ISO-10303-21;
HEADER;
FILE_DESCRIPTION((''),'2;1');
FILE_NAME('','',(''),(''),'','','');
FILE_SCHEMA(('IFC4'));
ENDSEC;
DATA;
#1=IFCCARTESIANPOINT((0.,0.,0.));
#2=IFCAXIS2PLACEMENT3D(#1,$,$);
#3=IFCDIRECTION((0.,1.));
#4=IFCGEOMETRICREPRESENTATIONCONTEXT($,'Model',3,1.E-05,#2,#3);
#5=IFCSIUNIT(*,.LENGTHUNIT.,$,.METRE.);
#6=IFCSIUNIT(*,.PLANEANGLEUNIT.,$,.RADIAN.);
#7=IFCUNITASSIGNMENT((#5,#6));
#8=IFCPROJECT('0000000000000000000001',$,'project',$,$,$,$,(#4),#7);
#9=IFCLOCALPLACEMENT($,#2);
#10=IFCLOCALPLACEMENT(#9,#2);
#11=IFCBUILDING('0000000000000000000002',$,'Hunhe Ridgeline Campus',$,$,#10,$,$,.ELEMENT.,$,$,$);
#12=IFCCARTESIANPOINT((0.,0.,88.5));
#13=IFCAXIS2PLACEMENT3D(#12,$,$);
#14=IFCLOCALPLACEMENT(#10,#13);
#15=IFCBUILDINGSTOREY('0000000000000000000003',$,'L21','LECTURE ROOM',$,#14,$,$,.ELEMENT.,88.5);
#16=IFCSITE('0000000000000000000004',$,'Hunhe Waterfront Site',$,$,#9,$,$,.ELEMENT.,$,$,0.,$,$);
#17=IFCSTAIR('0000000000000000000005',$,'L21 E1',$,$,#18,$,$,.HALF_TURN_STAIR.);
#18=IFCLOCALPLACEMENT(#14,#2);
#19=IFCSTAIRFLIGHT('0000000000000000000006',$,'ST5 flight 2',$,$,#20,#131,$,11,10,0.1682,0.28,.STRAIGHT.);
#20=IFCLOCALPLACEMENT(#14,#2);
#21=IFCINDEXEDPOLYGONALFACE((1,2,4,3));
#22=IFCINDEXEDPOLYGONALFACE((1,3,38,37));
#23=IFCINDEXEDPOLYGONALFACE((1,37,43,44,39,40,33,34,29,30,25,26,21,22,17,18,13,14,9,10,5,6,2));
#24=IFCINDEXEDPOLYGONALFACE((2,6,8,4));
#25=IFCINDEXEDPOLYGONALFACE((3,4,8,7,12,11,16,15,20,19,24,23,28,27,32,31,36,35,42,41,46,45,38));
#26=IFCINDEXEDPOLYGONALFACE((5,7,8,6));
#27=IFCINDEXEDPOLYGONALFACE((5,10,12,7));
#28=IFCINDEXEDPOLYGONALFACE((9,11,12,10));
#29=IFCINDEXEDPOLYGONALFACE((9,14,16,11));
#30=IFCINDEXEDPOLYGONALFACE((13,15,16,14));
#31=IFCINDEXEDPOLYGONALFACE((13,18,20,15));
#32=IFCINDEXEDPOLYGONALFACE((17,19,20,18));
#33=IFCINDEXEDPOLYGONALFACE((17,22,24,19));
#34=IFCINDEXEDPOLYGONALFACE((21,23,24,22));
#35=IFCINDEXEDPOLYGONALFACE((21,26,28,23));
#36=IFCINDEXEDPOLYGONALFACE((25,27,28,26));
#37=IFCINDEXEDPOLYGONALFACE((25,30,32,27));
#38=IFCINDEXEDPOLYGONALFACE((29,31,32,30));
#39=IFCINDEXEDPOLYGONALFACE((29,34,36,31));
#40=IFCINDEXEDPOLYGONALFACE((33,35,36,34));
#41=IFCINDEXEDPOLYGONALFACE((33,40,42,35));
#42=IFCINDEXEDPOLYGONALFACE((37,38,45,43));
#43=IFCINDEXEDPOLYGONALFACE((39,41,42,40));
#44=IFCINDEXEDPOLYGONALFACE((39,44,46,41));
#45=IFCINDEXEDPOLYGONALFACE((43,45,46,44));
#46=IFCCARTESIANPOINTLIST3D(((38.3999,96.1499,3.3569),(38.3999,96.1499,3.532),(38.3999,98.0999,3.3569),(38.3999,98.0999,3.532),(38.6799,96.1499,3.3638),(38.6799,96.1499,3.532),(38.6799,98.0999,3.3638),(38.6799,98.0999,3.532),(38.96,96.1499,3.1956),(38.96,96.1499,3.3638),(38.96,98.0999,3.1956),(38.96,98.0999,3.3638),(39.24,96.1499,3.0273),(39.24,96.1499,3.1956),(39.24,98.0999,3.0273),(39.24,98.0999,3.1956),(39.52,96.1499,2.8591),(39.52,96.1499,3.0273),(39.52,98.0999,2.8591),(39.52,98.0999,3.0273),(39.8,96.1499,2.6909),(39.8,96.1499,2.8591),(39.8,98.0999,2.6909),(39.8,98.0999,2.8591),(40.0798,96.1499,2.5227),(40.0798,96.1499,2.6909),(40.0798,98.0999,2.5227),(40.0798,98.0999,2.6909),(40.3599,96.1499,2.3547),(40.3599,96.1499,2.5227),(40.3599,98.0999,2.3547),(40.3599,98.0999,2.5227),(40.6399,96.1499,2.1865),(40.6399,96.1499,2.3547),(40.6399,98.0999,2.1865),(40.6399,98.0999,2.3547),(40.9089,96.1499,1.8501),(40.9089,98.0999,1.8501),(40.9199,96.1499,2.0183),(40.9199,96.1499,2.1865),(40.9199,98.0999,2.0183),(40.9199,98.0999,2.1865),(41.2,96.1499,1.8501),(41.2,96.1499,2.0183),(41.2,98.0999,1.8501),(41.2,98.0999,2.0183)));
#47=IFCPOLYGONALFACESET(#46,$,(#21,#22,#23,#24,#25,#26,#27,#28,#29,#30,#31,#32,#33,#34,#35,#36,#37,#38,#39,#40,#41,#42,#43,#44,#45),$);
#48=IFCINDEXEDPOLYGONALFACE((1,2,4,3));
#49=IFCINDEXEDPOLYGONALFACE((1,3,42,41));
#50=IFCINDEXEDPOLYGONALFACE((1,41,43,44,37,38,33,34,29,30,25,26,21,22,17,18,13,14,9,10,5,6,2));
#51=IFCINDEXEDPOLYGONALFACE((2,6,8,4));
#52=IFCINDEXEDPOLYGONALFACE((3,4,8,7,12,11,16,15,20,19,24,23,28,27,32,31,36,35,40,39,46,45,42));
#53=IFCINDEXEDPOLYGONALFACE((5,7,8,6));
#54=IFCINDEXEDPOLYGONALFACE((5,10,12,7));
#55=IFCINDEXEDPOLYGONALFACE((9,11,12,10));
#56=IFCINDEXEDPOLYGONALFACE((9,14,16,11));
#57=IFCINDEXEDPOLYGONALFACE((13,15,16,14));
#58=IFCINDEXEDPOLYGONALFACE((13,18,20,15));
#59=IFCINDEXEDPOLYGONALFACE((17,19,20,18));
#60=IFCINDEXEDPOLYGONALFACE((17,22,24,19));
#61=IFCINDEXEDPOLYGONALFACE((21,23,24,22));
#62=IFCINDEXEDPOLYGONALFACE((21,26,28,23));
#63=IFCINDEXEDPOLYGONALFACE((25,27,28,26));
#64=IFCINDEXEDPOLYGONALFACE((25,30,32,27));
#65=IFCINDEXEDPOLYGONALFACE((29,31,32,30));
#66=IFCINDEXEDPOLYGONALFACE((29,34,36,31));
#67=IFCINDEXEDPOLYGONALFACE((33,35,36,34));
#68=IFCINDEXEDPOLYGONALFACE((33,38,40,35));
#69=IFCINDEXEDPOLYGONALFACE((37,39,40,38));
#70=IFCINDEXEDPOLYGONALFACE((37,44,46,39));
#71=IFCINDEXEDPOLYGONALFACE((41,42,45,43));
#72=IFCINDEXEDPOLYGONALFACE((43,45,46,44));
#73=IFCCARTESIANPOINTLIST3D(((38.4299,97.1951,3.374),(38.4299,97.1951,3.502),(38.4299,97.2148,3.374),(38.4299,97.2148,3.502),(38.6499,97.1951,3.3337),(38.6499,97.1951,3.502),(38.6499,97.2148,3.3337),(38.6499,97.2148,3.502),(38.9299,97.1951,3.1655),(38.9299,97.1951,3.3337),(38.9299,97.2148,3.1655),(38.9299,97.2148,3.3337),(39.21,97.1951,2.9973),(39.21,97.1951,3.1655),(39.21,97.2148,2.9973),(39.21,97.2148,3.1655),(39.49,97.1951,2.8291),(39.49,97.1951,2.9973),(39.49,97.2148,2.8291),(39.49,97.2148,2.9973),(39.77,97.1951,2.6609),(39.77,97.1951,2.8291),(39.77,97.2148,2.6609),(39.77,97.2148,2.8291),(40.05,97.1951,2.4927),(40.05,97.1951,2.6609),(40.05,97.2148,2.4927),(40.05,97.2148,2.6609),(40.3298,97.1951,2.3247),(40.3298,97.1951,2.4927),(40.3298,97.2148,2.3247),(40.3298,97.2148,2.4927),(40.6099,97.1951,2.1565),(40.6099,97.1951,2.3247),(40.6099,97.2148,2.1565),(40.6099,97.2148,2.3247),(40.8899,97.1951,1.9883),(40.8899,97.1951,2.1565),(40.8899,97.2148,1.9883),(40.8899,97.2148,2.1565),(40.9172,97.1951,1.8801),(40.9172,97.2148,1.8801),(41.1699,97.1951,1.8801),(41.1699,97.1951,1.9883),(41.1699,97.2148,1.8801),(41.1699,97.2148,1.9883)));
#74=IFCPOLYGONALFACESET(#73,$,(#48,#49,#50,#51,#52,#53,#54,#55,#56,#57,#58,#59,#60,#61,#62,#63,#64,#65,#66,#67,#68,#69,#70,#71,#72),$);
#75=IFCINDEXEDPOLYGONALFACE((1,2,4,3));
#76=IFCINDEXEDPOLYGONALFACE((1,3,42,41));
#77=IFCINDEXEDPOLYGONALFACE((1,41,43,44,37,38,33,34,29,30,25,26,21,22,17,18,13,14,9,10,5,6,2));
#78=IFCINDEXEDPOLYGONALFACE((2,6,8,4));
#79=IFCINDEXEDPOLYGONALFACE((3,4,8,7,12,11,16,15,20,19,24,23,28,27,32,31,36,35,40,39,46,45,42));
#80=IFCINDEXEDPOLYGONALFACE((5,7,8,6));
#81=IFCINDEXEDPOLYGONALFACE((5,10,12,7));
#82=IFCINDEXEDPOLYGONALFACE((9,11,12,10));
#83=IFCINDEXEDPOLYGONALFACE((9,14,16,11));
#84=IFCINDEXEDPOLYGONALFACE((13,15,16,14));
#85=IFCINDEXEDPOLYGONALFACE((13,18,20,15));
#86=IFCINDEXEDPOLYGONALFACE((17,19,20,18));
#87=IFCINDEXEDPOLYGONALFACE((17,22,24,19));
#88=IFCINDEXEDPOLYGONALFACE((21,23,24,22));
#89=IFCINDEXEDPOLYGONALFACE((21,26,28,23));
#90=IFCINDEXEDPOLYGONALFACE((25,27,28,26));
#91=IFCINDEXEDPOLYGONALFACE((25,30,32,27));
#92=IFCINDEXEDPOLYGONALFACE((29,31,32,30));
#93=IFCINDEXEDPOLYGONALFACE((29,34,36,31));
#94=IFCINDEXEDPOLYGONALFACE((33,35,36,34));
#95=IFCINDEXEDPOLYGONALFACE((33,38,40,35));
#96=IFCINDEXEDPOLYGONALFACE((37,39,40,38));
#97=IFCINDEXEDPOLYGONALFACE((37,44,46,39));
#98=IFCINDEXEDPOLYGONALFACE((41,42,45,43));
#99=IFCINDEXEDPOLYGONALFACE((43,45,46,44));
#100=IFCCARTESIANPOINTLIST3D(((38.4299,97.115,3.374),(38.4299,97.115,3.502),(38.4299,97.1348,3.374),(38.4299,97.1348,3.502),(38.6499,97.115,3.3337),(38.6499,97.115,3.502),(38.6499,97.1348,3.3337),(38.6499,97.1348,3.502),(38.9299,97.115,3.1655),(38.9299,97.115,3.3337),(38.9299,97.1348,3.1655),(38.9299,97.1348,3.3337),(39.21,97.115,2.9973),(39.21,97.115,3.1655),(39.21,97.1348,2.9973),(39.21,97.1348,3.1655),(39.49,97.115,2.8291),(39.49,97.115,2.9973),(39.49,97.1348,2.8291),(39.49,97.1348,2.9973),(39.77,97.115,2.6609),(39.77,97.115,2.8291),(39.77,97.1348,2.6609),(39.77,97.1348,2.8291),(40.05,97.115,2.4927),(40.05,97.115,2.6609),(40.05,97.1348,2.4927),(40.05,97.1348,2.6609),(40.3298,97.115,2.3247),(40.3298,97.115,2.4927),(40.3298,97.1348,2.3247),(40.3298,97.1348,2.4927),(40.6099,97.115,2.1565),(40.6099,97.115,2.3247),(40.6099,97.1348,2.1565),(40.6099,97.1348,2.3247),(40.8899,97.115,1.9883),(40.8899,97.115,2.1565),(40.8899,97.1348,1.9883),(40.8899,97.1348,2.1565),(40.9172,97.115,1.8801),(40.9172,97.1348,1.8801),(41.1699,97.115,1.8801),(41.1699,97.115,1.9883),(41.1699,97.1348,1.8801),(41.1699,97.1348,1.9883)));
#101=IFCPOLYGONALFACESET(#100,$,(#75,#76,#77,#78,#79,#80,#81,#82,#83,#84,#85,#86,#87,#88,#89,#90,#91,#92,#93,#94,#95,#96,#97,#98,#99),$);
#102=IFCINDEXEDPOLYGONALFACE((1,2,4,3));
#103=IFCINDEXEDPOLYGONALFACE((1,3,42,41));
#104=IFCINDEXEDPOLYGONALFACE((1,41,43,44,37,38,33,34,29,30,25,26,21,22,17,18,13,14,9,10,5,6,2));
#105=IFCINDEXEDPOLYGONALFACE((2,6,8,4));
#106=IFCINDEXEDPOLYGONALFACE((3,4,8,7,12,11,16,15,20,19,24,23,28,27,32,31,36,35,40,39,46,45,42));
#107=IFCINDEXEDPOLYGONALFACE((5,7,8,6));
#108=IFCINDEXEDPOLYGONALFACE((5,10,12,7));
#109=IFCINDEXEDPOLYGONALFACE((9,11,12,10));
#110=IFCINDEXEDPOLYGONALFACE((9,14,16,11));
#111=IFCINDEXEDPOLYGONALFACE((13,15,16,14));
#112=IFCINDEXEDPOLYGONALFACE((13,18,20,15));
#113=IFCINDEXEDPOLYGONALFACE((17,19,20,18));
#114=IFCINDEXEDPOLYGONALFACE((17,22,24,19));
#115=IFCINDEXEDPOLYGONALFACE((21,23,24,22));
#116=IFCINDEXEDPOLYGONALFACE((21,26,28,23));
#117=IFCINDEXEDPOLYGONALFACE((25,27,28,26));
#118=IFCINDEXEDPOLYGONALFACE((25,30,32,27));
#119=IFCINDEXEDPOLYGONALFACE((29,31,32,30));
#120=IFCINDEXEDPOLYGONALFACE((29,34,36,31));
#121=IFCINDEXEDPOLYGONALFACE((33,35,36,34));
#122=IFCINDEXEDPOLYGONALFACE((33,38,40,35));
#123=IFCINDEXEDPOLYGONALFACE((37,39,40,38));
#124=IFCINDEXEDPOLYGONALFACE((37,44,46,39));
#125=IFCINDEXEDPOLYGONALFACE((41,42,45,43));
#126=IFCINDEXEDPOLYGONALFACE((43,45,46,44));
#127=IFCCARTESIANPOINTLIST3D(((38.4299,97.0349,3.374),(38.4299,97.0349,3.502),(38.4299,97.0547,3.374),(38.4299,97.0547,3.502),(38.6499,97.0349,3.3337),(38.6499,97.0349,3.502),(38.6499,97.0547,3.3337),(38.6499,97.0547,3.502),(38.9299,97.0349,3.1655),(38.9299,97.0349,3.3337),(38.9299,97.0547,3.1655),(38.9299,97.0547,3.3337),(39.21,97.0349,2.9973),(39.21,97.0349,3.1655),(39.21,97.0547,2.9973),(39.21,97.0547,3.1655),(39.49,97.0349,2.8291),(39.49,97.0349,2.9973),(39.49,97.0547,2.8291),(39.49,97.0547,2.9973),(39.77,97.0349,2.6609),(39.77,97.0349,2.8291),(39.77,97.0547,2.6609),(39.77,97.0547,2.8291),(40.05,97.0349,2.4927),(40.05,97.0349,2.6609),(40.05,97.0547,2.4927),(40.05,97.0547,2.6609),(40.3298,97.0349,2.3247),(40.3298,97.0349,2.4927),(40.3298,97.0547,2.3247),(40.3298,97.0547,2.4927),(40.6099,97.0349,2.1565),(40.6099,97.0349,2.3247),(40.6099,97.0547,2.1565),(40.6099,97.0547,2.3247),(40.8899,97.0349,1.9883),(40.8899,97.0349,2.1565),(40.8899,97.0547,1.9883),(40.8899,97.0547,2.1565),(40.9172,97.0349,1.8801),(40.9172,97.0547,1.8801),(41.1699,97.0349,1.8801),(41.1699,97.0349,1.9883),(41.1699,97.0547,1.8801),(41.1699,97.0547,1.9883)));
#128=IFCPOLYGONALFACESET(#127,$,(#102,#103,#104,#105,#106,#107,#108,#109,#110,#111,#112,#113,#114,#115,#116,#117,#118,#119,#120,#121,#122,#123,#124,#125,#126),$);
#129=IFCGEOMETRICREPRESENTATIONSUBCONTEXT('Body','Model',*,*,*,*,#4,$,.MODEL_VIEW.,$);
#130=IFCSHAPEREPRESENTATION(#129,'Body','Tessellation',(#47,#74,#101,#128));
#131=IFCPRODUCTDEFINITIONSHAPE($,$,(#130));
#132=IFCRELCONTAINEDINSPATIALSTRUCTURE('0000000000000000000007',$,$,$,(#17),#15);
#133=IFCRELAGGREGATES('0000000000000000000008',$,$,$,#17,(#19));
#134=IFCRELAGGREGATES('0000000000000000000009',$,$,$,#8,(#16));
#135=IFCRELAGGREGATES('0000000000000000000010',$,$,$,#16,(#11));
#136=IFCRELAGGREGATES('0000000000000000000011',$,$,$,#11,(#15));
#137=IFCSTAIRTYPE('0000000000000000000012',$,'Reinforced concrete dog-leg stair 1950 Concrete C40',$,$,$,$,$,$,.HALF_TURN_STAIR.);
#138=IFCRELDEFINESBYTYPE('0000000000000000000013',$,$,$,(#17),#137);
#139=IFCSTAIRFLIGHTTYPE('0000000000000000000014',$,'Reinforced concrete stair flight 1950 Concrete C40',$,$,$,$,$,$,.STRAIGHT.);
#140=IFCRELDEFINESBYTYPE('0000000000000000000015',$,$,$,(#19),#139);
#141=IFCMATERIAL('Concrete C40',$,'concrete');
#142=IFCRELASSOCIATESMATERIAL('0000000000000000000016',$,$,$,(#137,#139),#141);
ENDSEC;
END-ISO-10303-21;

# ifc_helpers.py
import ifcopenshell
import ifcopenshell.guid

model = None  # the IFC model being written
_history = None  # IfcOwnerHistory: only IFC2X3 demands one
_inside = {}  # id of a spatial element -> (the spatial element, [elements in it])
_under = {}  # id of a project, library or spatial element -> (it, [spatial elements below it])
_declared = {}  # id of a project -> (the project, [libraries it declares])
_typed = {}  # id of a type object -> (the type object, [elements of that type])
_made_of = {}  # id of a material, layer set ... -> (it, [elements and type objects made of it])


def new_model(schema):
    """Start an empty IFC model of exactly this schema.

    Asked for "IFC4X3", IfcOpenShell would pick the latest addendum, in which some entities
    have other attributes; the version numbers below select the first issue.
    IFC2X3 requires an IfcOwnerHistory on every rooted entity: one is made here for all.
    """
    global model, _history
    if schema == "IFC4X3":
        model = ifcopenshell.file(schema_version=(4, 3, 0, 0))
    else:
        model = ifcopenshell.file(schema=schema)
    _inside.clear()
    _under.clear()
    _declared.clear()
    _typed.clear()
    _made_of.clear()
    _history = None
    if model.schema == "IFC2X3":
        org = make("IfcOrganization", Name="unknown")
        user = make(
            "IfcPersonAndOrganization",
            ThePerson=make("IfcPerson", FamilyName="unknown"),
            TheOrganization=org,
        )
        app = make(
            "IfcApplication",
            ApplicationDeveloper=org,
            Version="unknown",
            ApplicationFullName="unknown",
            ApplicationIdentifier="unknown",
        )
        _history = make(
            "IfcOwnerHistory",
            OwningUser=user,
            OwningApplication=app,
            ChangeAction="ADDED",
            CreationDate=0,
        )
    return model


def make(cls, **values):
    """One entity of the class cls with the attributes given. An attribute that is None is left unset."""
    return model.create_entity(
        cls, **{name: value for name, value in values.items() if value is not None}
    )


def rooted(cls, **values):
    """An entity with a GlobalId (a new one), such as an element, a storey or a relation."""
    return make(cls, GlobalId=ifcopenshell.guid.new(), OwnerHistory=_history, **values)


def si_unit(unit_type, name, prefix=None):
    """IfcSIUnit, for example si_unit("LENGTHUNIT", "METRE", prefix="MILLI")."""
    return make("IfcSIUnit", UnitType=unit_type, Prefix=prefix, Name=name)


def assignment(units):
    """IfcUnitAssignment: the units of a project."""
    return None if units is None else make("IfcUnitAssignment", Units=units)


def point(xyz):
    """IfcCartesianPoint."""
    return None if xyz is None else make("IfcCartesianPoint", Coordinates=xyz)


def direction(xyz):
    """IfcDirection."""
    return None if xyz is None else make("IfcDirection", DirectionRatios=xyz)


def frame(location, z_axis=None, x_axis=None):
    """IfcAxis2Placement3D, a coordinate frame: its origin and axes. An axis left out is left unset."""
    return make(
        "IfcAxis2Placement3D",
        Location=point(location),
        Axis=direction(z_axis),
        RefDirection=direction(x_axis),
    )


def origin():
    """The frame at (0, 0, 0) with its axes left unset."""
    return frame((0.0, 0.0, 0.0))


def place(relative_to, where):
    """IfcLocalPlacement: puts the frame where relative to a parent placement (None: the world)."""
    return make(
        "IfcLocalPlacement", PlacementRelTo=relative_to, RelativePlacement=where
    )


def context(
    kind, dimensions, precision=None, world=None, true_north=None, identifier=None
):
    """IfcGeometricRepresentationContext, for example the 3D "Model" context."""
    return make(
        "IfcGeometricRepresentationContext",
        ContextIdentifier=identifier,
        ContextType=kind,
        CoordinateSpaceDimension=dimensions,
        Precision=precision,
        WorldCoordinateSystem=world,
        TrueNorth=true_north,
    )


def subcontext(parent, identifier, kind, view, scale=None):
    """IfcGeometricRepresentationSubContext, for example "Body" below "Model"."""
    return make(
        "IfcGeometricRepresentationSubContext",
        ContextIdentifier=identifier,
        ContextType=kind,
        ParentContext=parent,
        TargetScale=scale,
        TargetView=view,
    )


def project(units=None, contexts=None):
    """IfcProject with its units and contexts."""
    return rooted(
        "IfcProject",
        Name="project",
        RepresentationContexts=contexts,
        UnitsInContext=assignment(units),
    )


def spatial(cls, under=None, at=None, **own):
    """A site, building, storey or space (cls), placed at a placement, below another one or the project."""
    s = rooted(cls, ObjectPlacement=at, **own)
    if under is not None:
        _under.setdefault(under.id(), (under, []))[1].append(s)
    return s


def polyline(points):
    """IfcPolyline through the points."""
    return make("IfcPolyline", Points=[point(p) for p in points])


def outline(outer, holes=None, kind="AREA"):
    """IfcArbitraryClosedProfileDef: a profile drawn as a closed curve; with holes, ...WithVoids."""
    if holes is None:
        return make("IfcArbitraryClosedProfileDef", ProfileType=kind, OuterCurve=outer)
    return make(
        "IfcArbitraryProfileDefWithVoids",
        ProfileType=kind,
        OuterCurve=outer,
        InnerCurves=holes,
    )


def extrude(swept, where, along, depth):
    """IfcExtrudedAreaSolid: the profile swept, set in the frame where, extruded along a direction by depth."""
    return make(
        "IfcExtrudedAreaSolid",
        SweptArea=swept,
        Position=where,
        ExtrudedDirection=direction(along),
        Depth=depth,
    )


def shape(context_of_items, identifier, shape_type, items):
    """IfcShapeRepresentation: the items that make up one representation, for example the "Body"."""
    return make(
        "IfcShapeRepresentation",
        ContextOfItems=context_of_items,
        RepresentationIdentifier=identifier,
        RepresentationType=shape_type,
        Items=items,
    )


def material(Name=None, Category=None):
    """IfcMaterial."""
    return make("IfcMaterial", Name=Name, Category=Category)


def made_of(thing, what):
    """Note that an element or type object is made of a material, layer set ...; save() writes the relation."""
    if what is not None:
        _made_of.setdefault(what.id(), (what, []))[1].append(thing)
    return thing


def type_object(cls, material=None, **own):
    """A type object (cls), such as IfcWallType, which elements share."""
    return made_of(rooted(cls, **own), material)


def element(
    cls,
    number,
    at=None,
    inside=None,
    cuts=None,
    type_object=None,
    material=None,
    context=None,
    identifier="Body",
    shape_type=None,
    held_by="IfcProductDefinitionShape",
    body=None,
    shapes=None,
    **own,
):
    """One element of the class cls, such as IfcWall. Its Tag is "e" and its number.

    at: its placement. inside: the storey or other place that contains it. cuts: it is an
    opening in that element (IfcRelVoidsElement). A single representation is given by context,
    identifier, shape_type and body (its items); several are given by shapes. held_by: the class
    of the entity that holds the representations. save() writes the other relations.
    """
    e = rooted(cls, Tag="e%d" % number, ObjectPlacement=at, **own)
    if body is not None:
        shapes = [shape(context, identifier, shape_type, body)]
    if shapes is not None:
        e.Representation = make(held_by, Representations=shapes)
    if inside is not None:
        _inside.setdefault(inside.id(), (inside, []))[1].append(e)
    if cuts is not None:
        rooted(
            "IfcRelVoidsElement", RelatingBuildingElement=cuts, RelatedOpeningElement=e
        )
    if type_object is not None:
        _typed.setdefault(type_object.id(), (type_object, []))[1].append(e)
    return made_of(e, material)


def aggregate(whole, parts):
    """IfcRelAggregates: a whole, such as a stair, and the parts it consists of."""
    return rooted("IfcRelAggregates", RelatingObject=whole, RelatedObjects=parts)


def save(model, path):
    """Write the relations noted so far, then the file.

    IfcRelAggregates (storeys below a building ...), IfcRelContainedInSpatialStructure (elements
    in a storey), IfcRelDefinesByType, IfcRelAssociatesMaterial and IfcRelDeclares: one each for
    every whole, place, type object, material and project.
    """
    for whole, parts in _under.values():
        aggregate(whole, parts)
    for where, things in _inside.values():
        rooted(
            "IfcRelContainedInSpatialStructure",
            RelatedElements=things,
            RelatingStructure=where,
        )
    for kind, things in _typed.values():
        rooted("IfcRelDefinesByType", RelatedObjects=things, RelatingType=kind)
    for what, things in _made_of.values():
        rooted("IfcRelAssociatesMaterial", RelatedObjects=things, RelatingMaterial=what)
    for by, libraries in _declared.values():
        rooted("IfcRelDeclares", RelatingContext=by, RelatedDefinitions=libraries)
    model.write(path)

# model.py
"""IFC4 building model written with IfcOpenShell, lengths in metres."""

from ifc_helpers import new_model, si_unit, direction, frame, origin, place, context, subcontext, project, spatial, polyline, outline, extrude, material, type_object, element, aggregate, save


model = new_model("IFC4")

# Units and contexts
model_context = context("Model", 3, precision=1e-05, world=origin(), true_north=direction((0.0, 1.0)))
body_context = subcontext(model_context, "Body", "Model", "MODEL_VIEW")
ifc_project = project(units=[si_unit("LENGTHUNIT", "METRE"), si_unit("PLANEANGLEUNIT", "RADIAN")], contexts=[model_context])

# Site, building, storey
site_placement = place(None, origin())
site = spatial("IfcSite", under=ifc_project, at=site_placement, Name="Hunhe Waterfront Site", CompositionType="ELEMENT", RefElevation=0.0)
building_placement = place(site_placement, origin())
building = spatial("IfcBuilding", under=site, at=building_placement, Name="Hunhe Ridgeline Campus", CompositionType="ELEMENT")
storey_placement = place(building_placement, frame((0.0, 0.0, 88.5)))
storey = spatial("IfcBuildingStorey", under=building, at=storey_placement, Name="L21", Description="LECTURE ROOM", CompositionType="ELEMENT", Elevation=88.5)

# Shared definitions
ifc_material_1 = material(Name="Concrete C40", Category="concrete")
stair_type = type_object("IfcStairType", Name="Reinforced concrete dog-leg stair 1950 Concrete C40", PredefinedType="HALF_TURN_STAIR", material=ifc_material_1)
stair_flight_type = type_object("IfcStairFlightType", Name="Reinforced concrete stair flight 1950 Concrete C40", PredefinedType="STRAIGHT", material=ifc_material_1)

# Stair, stair flight
stair_1_placement = place(storey_placement, origin())
stair_1 = element("IfcStair", 1, at=stair_1_placement, inside=storey, type_object=stair_type, Name="L21 E1", PredefinedType="HALF_TURN_STAIR")
stair_flight_1_placement = place(storey_placement, frame((41.2, 97.125, 1.8501), z_axis=(0.0, 0.0, 1.0), x_axis=(-1.0, 0.0, 0.0)))
stair_flight_1 = element("IfcStairFlight", 2, at=stair_flight_1_placement, type_object=stair_flight_type, Name="ST5 flight 2", NumberOfRisers=11, NumberOfTreads=10, PredefinedType="STRAIGHT", RiserHeight=0.1682, TreadLength=0.28, context=body_context, shape_type="SweptSolid", body=[
    extrude(outline(polyline([(0.0, 0.0), (0.0, 0.1682), (0.28, 0.1682), (0.28, 0.3364), (0.5601, 0.3364), (0.5601, 0.5046), (0.8401, 0.5046), (0.8401, 0.6726), (1.1201, 0.6726), (1.1201, 0.8408), (1.3999, 0.8408), (1.3999, 1.009), (1.6799, 1.009), (1.6799, 1.1772), (1.96, 1.1772), (1.96, 1.3455), (2.24, 1.3455), (2.24, 1.5137), (2.52, 1.5137), (2.52, 1.6819), (2.8, 1.6819), (2.8, 1.8501), (2.8, 1.5068), (0.291, 0.0), (0.0, 0.0)])), frame((0.0, 0.9751, 0.0), z_axis=(0.0, -1.0, 0.0), x_axis=(1.0, 0.0, 0.0)), (0.0, 0.0, 1.0), 1.95),
    extrude(outline(polyline([(0.03, 0.03), (0.03, 0.1382), (0.3101, 0.1382), (0.3101, 0.3064), (0.5901, 0.3064), (0.5901, 0.4746), (0.8701, 0.4746), (0.8701, 0.6426), (1.1499, 0.6426), (1.1499, 0.8108), (1.4299, 0.8108), (1.4299, 0.979), (1.71, 0.979), (1.71, 1.1472), (1.99, 1.1472), (1.99, 1.3154), (2.27, 1.3154), (2.27, 1.4836), (2.55, 1.4836), (2.55, 1.6519), (2.77, 1.6519), (2.77, 1.5239), (0.2827, 0.03), (0.03, 0.03)])), frame((0.0, -0.0701, 0.0), z_axis=(0.0, -1.0, 0.0), x_axis=(1.0, 0.0, 0.0)), (0.0, 0.0, 1.0), 0.0198),
    extrude(outline(polyline([(0.03, 0.03), (0.03, 0.1382), (0.3101, 0.1382), (0.3101, 0.3064), (0.5901, 0.3064), (0.5901, 0.4746), (0.8701, 0.4746), (0.8701, 0.6426), (1.1499, 0.6426), (1.1499, 0.8108), (1.4299, 0.8108), (1.4299, 0.979), (1.71, 0.979), (1.71, 1.1472), (1.99, 1.1472), (1.99, 1.3154), (2.27, 1.3154), (2.27, 1.4836), (2.55, 1.4836), (2.55, 1.6519), (2.77, 1.6519), (2.77, 1.5239), (0.2827, 0.03), (0.03, 0.03)])), frame((0.0, 0.01, 0.0), z_axis=(0.0, -1.0, 0.0), x_axis=(1.0, 0.0, 0.0)), (0.0, 0.0, 1.0), 0.0198),
    extrude(outline(polyline([(0.03, 0.03), (0.03, 0.1382), (0.3101, 0.1382), (0.3101, 0.3064), (0.5901, 0.3064), (0.5901, 0.4746), (0.8701, 0.4746), (0.8701, 0.6426), (1.1499, 0.6426), (1.1499, 0.8108), (1.4299, 0.8108), (1.4299, 0.979), (1.71, 0.979), (1.71, 1.1472), (1.99, 1.1472), (1.99, 1.3154), (2.27, 1.3154), (2.27, 1.4836), (2.55, 1.4836), (2.55, 1.6519), (2.77, 1.6519), (2.77, 1.5239), (0.2827, 0.03), (0.03, 0.03)])), frame((0.0, 0.0901, 0.0), z_axis=(0.0, -1.0, 0.0), x_axis=(1.0, 0.0, 0.0)), (0.0, 0.0, 1.0), 0.0198),
])
aggregate(stair_1, [stair_flight_1])

save(model, "model.ifc")
